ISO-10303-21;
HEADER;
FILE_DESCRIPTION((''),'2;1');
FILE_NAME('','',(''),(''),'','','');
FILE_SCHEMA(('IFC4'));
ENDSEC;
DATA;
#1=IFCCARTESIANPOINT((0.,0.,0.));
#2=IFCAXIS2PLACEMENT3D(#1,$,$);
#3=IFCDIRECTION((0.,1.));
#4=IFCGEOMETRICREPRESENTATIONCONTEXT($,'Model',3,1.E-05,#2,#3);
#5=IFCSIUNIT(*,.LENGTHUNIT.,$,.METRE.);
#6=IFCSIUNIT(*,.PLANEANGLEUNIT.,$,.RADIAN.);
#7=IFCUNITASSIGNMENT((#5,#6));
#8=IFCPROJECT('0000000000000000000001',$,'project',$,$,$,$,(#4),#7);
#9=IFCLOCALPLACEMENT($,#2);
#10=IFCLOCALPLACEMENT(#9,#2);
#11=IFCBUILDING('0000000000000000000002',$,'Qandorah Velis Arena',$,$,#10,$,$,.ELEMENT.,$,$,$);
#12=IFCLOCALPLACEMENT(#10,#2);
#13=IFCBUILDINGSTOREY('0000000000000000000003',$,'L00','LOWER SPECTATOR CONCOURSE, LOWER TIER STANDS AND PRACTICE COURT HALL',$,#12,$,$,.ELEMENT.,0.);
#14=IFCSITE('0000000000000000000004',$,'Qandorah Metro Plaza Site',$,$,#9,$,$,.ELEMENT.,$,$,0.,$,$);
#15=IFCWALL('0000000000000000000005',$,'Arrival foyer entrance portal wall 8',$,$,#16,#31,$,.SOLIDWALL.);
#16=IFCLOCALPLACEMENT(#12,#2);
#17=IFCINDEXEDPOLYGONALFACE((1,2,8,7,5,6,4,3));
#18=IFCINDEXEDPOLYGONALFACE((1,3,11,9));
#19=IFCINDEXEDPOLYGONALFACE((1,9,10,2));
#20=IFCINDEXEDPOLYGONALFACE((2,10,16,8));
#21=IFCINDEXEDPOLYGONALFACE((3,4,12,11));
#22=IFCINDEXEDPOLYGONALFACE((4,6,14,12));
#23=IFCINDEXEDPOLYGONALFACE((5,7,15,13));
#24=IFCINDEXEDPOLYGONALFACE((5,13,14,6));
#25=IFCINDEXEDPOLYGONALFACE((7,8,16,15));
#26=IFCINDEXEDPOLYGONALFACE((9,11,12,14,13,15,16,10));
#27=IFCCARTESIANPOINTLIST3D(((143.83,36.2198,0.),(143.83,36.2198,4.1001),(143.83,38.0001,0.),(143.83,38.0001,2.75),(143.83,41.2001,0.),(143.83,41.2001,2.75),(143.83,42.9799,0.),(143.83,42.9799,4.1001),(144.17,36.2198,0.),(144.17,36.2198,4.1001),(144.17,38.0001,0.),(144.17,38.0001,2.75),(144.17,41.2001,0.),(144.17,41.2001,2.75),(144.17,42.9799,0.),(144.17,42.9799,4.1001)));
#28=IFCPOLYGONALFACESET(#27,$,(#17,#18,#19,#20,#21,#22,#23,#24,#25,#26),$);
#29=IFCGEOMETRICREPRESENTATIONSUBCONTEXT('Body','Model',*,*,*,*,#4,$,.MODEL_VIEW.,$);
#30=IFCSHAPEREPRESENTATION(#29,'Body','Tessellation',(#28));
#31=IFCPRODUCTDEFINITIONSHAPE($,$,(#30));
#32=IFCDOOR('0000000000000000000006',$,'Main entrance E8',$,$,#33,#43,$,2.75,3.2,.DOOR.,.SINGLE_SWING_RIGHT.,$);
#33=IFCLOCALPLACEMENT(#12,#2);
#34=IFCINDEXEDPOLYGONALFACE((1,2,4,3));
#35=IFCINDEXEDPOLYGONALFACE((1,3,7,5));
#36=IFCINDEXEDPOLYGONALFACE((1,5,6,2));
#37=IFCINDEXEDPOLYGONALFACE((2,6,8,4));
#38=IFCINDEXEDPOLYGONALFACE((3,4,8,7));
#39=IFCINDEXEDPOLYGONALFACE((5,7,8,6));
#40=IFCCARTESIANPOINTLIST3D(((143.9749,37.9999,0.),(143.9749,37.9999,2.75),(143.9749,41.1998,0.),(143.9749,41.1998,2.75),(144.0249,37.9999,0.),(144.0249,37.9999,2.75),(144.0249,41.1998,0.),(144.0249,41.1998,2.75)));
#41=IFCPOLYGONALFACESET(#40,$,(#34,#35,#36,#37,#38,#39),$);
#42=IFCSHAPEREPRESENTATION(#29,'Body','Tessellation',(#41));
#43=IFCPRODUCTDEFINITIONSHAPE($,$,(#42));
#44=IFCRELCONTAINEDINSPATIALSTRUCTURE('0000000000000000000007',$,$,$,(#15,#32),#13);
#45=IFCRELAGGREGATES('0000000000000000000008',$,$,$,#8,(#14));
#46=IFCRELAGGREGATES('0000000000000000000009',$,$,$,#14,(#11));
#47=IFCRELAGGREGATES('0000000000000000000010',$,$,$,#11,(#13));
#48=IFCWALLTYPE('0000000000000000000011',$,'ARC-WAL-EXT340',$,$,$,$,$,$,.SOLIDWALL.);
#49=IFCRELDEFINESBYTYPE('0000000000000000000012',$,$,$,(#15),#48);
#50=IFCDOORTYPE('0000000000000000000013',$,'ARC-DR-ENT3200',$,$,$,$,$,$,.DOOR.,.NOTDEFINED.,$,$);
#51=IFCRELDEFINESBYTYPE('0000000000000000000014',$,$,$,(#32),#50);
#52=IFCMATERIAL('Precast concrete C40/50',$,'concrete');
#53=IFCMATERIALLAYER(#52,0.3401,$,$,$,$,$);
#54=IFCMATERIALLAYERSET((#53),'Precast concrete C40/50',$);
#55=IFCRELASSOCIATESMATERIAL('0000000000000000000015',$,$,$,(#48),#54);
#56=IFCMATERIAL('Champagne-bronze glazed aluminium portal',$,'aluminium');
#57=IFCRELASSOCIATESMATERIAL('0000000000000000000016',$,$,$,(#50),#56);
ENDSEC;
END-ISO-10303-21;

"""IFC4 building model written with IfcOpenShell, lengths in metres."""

from ifc_helpers import new_model, si_unit, direction, frame, frame_2d, origin, place, context, subcontext, project, spatial, rectangle, extrude, material, layer, layer_set, type_object, element, fill, save


model = new_model("IFC4")

# Units and contexts
model_context = context("Model", 3, precision=1e-05, world=origin(), true_north=direction((0.0, 1.0)))
body_context = subcontext(model_context, "Body", "Model", "MODEL_VIEW")
ifc_project = project(units=[si_unit("LENGTHUNIT", "METRE"), si_unit("PLANEANGLEUNIT", "RADIAN")], contexts=[model_context])

# Site, building, storey
site_placement = place(None, origin())
site = spatial("IfcSite", under=ifc_project, at=site_placement, Name="Qandorah Metro Plaza Site", CompositionType="ELEMENT", RefElevation=0.0)
building_placement = place(site_placement, origin())
building = spatial("IfcBuilding", under=site, at=building_placement, Name="Qandorah Velis Arena", CompositionType="ELEMENT")
storey_placement = place(building_placement, origin())
storey = spatial("IfcBuildingStorey", under=building, at=storey_placement, Name="L00", Description="LOWER SPECTATOR CONCOURSE, LOWER TIER STANDS AND PRACTICE COURT HALL", CompositionType="ELEMENT", Elevation=0.0)

# Wall, opening, door
ifc_material_1 = material(Name="Precast concrete C40/50", Category="concrete")
ifc_layer_1 = layer(ifc_material_1, 0.3401)
ifc_layer_set_1 = layer_set([ifc_layer_1], Name="Precast concrete C40/50")
wall_type = type_object("IfcWallType", Name="ARC-WAL-EXT340", PredefinedType="SOLIDWALL", material=ifc_layer_set_1)
wall_placement = place(storey_placement, frame((144.0, 36.22, 0.0), z_axis=(0.0, 0.0, 1.0), x_axis=(0.0, 1.0, 0.0)))
wall = element("IfcWall", 1, at=wall_placement, inside=storey, type_object=wall_type, Name="Arrival foyer entrance portal wall 8", PredefinedType="SOLIDWALL", context=body_context, shape_type="SweptSolid", body=[
    extrude(rectangle(XDim=6.76, YDim=0.3401, at=frame_2d((3.3799, 0.0))), origin(), (0.0, 0.0, 1.0), 4.1001),
])
opening_placement = place(wall_placement, frame((1.78, 0.0, 0.0)))
opening = element("IfcOpeningElement", 2, at=opening_placement, cuts=wall, PredefinedType="OPENING", context=body_context, shape_type="SweptSolid", body=[
    extrude(rectangle(XDim=3.2, YDim=2.75, at=frame_2d((1.6001, 1.375))), frame((0.0, 0.1802, 0.0), z_axis=(0.0, -1.0, 0.0), x_axis=(1.0, 0.0, 0.0)), (0.0, 0.0, 1.0), 0.3601),
])
ifc_material_2 = material(Name="Champagne-bronze glazed aluminium portal", Category="aluminium")
door_type = type_object("IfcDoorType", Name="ARC-DR-ENT3200", OperationType="NOTDEFINED", PredefinedType="DOOR", material=ifc_material_2)
door_placement = place(opening_placement, frame((3.2, 0.0, 0.0), z_axis=(0.0, 0.0, 1.0), x_axis=(-1.0, 0.0, 0.0)))
door = element("IfcDoor", 3, at=door_placement, inside=storey, type_object=door_type, Name="Main entrance E8", OperationType="SINGLE_SWING_RIGHT", OverallHeight=2.75, OverallWidth=3.2, PredefinedType="DOOR", context=body_context, shape_type="SweptSolid", body=[
    extrude(rectangle(XDim=3.2, YDim=2.75, at=frame_2d((1.6001, 1.375))), frame((0.0, 0.0249, 0.0), z_axis=(0.0, -1.0, 0.0), x_axis=(1.0, 0.0, 0.0)), (0.0, 0.0, 1.0), 0.05),
])
fill(opening, door)

save(model, "model.ifc")
